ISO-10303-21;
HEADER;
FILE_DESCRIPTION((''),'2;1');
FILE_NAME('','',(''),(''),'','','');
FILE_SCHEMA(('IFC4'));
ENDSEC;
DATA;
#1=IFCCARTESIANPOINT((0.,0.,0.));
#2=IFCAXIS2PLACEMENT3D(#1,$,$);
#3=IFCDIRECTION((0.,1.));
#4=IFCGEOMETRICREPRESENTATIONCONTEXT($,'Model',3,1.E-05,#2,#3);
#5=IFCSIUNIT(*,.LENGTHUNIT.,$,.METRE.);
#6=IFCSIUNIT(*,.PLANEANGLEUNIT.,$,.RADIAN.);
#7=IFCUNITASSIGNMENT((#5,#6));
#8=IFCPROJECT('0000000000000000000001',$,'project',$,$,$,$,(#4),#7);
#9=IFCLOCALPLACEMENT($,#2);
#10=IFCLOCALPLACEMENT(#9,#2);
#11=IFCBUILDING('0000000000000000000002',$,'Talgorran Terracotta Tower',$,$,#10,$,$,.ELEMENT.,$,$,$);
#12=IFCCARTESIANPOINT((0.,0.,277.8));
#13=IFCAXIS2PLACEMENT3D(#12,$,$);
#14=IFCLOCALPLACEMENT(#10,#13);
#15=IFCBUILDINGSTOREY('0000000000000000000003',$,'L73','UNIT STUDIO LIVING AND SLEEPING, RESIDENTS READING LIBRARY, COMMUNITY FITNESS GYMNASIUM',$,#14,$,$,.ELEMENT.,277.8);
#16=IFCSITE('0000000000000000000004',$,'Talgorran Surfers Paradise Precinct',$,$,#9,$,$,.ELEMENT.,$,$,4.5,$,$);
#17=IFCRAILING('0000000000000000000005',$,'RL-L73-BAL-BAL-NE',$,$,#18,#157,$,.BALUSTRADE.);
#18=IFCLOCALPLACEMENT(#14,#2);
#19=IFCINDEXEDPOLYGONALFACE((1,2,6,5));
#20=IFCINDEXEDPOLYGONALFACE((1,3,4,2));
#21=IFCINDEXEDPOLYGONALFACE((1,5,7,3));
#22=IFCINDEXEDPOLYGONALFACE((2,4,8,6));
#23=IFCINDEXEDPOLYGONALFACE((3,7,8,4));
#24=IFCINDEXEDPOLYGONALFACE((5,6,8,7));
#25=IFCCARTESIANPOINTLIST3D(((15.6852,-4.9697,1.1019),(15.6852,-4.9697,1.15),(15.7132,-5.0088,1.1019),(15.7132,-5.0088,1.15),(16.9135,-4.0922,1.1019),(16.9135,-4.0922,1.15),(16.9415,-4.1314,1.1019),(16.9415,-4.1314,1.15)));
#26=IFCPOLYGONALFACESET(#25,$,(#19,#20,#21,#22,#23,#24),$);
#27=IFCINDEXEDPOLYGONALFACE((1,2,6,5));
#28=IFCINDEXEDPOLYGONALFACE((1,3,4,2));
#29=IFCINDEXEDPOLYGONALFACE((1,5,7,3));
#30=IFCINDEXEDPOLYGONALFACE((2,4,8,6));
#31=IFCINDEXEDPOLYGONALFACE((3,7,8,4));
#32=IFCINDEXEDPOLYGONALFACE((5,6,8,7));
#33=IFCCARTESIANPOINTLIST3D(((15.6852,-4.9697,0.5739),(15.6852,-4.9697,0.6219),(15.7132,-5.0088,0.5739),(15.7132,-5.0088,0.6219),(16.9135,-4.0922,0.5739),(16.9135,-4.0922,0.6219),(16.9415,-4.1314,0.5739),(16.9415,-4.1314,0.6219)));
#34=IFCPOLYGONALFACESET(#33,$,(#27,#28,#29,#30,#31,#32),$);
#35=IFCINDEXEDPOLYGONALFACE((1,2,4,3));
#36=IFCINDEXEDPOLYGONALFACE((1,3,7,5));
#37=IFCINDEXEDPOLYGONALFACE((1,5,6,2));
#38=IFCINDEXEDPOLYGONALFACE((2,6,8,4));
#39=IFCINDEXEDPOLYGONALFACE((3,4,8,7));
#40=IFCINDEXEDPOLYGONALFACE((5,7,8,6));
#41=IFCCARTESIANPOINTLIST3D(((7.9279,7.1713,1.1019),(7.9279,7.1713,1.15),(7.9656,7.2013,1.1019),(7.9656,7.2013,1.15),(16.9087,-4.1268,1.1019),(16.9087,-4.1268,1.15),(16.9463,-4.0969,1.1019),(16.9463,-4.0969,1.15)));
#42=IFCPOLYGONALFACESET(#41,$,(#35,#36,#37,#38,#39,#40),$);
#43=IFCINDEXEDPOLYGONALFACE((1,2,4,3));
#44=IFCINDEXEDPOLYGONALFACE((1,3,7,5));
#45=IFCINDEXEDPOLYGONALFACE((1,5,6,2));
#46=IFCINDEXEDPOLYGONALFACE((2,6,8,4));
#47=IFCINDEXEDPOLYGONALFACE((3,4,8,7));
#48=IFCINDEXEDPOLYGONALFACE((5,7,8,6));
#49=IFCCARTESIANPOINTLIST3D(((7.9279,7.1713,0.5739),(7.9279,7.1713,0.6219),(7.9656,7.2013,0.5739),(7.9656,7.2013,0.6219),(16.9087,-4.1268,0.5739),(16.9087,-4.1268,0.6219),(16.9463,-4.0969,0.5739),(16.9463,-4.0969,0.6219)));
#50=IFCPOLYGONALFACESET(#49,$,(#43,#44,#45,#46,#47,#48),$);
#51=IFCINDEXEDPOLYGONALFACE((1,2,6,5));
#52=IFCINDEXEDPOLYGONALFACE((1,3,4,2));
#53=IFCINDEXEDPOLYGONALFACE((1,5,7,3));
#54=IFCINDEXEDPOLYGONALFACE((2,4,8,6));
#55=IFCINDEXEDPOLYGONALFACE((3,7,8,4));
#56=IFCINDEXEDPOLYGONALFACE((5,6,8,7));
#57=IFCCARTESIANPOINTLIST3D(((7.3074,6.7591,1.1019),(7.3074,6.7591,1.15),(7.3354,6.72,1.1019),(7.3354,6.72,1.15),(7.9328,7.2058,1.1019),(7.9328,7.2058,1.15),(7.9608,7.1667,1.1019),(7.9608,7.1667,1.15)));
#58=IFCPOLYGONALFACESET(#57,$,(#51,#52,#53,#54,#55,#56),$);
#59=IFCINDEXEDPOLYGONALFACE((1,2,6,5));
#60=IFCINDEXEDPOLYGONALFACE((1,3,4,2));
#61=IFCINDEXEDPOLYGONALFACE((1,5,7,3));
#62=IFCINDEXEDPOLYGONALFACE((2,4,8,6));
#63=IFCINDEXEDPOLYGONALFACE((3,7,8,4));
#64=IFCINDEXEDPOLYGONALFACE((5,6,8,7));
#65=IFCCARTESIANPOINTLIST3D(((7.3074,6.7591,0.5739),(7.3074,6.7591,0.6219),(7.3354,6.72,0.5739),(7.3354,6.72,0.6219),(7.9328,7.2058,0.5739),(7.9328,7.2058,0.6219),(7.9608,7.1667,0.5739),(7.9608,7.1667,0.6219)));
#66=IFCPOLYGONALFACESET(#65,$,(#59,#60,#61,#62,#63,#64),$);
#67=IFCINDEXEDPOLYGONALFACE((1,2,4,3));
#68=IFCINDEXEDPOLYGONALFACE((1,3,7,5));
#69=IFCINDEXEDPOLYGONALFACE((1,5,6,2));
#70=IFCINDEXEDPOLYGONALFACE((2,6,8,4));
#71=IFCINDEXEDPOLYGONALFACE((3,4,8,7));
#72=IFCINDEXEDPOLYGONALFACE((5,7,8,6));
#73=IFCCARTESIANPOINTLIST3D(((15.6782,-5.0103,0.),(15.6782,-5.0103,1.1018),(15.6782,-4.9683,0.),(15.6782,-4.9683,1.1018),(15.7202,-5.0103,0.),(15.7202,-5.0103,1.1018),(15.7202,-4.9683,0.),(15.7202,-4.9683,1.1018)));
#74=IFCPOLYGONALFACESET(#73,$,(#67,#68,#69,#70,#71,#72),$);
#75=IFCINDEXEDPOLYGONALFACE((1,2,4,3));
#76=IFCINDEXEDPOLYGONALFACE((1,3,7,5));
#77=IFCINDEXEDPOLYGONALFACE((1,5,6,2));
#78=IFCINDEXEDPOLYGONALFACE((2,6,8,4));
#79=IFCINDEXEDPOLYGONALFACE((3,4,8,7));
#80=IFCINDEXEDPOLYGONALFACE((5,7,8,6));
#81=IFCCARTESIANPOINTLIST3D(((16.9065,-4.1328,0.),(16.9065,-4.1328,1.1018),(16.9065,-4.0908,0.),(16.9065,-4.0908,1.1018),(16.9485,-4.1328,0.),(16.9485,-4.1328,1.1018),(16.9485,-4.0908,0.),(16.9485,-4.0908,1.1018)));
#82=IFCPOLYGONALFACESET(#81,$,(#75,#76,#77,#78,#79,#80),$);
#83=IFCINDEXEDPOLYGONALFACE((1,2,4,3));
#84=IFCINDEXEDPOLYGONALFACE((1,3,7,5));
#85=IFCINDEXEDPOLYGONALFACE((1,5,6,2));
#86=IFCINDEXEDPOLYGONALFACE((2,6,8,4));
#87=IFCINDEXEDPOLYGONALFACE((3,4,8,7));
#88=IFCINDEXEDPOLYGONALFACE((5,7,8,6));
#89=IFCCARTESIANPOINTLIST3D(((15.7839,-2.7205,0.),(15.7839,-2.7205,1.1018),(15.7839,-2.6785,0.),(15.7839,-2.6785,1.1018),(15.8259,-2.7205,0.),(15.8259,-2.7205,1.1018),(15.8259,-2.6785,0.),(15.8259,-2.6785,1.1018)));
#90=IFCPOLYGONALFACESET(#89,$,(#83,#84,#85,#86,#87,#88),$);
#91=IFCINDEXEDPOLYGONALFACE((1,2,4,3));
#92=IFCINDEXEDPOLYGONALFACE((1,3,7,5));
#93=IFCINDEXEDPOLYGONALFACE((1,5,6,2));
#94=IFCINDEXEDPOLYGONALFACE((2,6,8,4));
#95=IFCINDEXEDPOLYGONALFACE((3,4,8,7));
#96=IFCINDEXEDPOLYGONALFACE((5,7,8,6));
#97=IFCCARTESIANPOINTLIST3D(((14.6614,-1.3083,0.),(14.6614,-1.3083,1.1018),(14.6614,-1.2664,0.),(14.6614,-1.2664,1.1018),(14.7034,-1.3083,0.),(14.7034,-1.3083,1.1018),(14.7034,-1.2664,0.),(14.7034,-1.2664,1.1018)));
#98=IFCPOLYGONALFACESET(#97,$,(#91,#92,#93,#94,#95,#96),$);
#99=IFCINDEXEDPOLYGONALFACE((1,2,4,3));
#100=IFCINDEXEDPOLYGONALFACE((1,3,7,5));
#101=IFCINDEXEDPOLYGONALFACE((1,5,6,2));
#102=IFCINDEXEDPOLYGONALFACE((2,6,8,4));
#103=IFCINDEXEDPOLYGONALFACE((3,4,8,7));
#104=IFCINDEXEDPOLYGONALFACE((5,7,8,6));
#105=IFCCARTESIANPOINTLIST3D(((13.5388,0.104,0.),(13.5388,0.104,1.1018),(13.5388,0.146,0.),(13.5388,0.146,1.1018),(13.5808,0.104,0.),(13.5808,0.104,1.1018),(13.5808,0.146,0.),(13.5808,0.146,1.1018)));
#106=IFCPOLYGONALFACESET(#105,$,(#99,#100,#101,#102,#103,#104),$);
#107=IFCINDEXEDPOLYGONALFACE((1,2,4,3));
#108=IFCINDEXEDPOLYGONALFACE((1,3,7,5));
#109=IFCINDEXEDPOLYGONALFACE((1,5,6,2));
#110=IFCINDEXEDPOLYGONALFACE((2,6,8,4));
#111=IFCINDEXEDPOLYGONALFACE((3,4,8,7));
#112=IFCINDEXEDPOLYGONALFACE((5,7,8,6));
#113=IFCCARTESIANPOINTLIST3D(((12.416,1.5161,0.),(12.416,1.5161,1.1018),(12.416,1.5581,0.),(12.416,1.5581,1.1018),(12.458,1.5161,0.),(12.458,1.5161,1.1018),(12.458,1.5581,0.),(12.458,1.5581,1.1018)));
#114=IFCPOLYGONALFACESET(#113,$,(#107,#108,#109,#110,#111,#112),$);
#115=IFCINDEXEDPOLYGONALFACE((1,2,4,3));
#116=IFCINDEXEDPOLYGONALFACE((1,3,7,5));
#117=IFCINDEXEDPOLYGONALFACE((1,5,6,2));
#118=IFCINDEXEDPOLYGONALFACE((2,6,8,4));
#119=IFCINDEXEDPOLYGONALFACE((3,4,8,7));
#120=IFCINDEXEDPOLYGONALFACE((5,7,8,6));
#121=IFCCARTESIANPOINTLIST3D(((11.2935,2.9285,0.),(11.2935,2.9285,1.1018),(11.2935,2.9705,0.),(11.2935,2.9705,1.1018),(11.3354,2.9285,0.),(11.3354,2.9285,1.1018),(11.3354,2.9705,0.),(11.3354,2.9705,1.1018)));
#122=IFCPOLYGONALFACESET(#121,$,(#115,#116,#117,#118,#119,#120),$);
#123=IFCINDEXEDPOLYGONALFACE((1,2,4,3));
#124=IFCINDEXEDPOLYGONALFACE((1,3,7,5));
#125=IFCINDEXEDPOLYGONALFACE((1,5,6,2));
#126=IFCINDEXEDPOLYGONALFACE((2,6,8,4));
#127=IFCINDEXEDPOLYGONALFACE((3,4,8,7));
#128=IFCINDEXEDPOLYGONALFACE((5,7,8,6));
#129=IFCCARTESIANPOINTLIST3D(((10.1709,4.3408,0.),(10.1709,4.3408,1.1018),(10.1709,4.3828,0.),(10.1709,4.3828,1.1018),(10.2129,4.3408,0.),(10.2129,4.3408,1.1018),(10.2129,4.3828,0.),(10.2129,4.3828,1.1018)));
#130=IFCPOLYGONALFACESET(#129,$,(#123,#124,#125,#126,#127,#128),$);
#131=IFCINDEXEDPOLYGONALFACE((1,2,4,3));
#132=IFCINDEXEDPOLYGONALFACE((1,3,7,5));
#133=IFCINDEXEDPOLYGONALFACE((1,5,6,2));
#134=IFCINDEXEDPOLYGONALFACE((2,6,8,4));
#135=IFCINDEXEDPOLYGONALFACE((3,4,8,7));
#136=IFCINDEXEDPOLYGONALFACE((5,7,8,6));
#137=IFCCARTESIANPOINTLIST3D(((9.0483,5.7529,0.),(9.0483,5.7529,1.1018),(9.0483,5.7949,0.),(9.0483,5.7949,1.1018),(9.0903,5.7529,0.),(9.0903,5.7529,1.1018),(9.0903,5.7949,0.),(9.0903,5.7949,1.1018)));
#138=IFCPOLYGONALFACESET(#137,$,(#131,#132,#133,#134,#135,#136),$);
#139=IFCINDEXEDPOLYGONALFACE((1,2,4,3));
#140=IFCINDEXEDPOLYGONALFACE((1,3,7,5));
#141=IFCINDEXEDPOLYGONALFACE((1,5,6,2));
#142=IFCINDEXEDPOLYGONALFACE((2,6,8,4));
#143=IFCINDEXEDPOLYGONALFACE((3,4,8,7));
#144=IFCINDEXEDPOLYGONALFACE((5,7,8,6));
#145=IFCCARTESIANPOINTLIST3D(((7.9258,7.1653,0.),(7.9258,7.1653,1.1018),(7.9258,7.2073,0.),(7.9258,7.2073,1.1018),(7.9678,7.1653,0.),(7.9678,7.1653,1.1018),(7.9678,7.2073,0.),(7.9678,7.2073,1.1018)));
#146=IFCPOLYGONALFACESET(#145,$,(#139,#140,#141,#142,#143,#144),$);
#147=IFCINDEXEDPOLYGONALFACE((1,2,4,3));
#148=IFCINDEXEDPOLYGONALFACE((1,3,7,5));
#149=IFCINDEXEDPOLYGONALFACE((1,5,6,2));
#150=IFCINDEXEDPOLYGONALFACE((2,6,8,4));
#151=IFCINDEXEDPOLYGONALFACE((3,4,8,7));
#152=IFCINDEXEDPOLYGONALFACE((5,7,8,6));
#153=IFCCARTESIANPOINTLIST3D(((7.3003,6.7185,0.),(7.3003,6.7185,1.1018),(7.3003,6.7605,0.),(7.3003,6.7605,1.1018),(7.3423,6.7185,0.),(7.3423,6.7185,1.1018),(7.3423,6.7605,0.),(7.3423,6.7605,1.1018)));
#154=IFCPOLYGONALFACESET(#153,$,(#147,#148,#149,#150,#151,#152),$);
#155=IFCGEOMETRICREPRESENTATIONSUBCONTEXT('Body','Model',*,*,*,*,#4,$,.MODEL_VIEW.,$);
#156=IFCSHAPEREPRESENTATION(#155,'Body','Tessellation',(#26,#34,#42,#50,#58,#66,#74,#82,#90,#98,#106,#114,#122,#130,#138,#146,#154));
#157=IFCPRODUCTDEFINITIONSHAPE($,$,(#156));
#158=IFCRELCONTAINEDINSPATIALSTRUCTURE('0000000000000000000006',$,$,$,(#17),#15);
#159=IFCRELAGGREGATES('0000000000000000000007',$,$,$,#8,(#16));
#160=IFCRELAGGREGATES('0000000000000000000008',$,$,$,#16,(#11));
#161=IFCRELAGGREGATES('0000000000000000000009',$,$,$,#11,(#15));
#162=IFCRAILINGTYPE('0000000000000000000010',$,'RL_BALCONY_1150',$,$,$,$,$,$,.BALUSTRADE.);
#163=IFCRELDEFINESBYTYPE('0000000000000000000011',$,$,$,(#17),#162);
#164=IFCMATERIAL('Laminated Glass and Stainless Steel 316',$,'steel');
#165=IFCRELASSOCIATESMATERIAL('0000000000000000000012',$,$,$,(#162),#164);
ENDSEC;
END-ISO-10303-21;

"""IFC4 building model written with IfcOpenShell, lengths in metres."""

from ifc_helpers import new_model, si_unit, direction, frame, origin, origin_2d, place, context, subcontext, project, spatial, rectangle, extrude, material, type_object, element, save


model = new_model("IFC4")

# Units and contexts
model_context = context("Model", 3, precision=1e-05, world=origin(), true_north=direction((0.0, 1.0)))
body_context = subcontext(model_context, "Body", "Model", "MODEL_VIEW")
ifc_project = project(units=[si_unit("LENGTHUNIT", "METRE"), si_unit("PLANEANGLEUNIT", "RADIAN")], contexts=[model_context])

# Site, building, storey
site_placement = place(None, origin())
site = spatial("IfcSite", under=ifc_project, at=site_placement, Name="Talgorran Surfers Paradise Precinct", CompositionType="ELEMENT", RefElevation=4.5)
building_placement = place(site_placement, origin())
building = spatial("IfcBuilding", under=site, at=building_placement, Name="Talgorran Terracotta Tower", CompositionType="ELEMENT")
storey_placement = place(building_placement, frame((0.0, 0.0, 277.8)))
storey = spatial("IfcBuildingStorey", under=building, at=storey_placement, Name="L73", Description="UNIT STUDIO LIVING AND SLEEPING, RESIDENTS READING LIBRARY, COMMUNITY FITNESS GYMNASIUM", CompositionType="ELEMENT", Elevation=277.8)

# Railing
ifc_material_1 = material(Name="Laminated Glass and Stainless Steel 316", Category="steel")
railing_type = type_object("IfcRailingType", Name="RL_BALCONY_1150", PredefinedType="BALUSTRADE", material=ifc_material_1)
railing_placement = place(storey_placement, frame((15.6992, -4.9893, 0.0)))
element("IfcRailing", 1, at=railing_placement, inside=storey, type_object=railing_type, Name="RL-L73-BAL-BAL-NE", PredefinedType="BALUSTRADE", context=body_context, shape_type="SweptSolid", body=[
    extrude(rectangle(XDim=0.0481, YDim=0.0481, at=origin_2d()), frame((0.0, 0.0, 1.126), z_axis=(0.813701, 0.581284, 0.0), x_axis=(-0.581284, 0.813701, 0.0)), (0.0, 0.0, 1.0), 1.5095),
    extrude(rectangle(XDim=0.0481, YDim=0.0481, at=origin_2d()), frame((0.0, 0.0, 0.5979), z_axis=(0.813701, 0.581284, 0.0), x_axis=(-0.581284, 0.813701, 0.0)), (0.0, 0.0, 1.0), 1.5095),
    extrude(rectangle(XDim=0.0481, YDim=0.0481, at=origin_2d()), frame((1.2283, 0.8774, 1.126), z_axis=(-0.622252, 0.782817, 0.0), x_axis=(-0.782817, -0.622252, 0.0)), (0.0, 0.0, 1.0), 14.4326),
    extrude(rectangle(XDim=0.0481, YDim=0.0481, at=origin_2d()), frame((1.2283, 0.8774, 0.5979), z_axis=(-0.622252, 0.782817, 0.0), x_axis=(-0.782817, -0.622252, 0.0)), (0.0, 0.0, 1.0), 14.4326),
    extrude(rectangle(XDim=0.0481, YDim=0.0481, at=origin_2d()), frame((-7.7524, 12.1755, 1.126), z_axis=(-0.813733, -0.581238, 0.0), x_axis=(0.581238, -0.813733, 0.0)), (0.0, 0.0, 1.0), 0.7686),
    extrude(rectangle(XDim=0.0481, YDim=0.0481, at=origin_2d()), frame((-7.7524, 12.1755, 0.5979), z_axis=(-0.813733, -0.581238, 0.0), x_axis=(0.581238, -0.813733, 0.0)), (0.0, 0.0, 1.0), 0.7686),
    extrude(rectangle(XDim=0.042, YDim=0.042, at=origin_2d()), origin(), (0.0, 0.0, 1.0), 1.1018),
    extrude(rectangle(XDim=0.042, YDim=0.042, at=origin_2d()), frame((1.2283, 0.8774, 0.0)), (0.0, 0.0, 1.0), 1.1018),
    extrude(rectangle(XDim=0.042, YDim=0.042, at=origin_2d()), frame((0.1057, 2.2898, 0.0)), (0.0, 0.0, 1.0), 1.1018),
    extrude(rectangle(XDim=0.042, YDim=0.042, at=origin_2d()), frame((-1.0168, 3.7019, 0.0)), (0.0, 0.0, 1.0), 1.1018),
    extrude(rectangle(XDim=0.042, YDim=0.042, at=origin_2d()), frame((-2.1394, 5.1143, 0.0)), (0.0, 0.0, 1.0), 1.1018),
    extrude(rectangle(XDim=0.042, YDim=0.042, at=origin_2d()), frame((-3.2622, 6.5264, 0.0)), (0.0, 0.0, 1.0), 1.1018),
    extrude(rectangle(XDim=0.042, YDim=0.042, at=origin_2d()), frame((-4.3848, 7.9387, 0.0)), (0.0, 0.0, 1.0), 1.1018),
    extrude(rectangle(XDim=0.042, YDim=0.042, at=origin_2d()), frame((-5.5073, 9.3511, 0.0)), (0.0, 0.0, 1.0), 1.1018),
    extrude(rectangle(XDim=0.042, YDim=0.042, at=origin_2d()), frame((-6.6299, 10.7632, 0.0)), (0.0, 0.0, 1.0), 1.1018),
    extrude(rectangle(XDim=0.042, YDim=0.042, at=origin_2d()), frame((-7.7524, 12.1755, 0.0)), (0.0, 0.0, 1.0), 1.1018),
    extrude(rectangle(XDim=0.042, YDim=0.042, at=origin_2d()), frame((-8.3779, 11.7288, 0.0)), (0.0, 0.0, 1.0), 1.1018),
])

save(model, "model.ifc")
